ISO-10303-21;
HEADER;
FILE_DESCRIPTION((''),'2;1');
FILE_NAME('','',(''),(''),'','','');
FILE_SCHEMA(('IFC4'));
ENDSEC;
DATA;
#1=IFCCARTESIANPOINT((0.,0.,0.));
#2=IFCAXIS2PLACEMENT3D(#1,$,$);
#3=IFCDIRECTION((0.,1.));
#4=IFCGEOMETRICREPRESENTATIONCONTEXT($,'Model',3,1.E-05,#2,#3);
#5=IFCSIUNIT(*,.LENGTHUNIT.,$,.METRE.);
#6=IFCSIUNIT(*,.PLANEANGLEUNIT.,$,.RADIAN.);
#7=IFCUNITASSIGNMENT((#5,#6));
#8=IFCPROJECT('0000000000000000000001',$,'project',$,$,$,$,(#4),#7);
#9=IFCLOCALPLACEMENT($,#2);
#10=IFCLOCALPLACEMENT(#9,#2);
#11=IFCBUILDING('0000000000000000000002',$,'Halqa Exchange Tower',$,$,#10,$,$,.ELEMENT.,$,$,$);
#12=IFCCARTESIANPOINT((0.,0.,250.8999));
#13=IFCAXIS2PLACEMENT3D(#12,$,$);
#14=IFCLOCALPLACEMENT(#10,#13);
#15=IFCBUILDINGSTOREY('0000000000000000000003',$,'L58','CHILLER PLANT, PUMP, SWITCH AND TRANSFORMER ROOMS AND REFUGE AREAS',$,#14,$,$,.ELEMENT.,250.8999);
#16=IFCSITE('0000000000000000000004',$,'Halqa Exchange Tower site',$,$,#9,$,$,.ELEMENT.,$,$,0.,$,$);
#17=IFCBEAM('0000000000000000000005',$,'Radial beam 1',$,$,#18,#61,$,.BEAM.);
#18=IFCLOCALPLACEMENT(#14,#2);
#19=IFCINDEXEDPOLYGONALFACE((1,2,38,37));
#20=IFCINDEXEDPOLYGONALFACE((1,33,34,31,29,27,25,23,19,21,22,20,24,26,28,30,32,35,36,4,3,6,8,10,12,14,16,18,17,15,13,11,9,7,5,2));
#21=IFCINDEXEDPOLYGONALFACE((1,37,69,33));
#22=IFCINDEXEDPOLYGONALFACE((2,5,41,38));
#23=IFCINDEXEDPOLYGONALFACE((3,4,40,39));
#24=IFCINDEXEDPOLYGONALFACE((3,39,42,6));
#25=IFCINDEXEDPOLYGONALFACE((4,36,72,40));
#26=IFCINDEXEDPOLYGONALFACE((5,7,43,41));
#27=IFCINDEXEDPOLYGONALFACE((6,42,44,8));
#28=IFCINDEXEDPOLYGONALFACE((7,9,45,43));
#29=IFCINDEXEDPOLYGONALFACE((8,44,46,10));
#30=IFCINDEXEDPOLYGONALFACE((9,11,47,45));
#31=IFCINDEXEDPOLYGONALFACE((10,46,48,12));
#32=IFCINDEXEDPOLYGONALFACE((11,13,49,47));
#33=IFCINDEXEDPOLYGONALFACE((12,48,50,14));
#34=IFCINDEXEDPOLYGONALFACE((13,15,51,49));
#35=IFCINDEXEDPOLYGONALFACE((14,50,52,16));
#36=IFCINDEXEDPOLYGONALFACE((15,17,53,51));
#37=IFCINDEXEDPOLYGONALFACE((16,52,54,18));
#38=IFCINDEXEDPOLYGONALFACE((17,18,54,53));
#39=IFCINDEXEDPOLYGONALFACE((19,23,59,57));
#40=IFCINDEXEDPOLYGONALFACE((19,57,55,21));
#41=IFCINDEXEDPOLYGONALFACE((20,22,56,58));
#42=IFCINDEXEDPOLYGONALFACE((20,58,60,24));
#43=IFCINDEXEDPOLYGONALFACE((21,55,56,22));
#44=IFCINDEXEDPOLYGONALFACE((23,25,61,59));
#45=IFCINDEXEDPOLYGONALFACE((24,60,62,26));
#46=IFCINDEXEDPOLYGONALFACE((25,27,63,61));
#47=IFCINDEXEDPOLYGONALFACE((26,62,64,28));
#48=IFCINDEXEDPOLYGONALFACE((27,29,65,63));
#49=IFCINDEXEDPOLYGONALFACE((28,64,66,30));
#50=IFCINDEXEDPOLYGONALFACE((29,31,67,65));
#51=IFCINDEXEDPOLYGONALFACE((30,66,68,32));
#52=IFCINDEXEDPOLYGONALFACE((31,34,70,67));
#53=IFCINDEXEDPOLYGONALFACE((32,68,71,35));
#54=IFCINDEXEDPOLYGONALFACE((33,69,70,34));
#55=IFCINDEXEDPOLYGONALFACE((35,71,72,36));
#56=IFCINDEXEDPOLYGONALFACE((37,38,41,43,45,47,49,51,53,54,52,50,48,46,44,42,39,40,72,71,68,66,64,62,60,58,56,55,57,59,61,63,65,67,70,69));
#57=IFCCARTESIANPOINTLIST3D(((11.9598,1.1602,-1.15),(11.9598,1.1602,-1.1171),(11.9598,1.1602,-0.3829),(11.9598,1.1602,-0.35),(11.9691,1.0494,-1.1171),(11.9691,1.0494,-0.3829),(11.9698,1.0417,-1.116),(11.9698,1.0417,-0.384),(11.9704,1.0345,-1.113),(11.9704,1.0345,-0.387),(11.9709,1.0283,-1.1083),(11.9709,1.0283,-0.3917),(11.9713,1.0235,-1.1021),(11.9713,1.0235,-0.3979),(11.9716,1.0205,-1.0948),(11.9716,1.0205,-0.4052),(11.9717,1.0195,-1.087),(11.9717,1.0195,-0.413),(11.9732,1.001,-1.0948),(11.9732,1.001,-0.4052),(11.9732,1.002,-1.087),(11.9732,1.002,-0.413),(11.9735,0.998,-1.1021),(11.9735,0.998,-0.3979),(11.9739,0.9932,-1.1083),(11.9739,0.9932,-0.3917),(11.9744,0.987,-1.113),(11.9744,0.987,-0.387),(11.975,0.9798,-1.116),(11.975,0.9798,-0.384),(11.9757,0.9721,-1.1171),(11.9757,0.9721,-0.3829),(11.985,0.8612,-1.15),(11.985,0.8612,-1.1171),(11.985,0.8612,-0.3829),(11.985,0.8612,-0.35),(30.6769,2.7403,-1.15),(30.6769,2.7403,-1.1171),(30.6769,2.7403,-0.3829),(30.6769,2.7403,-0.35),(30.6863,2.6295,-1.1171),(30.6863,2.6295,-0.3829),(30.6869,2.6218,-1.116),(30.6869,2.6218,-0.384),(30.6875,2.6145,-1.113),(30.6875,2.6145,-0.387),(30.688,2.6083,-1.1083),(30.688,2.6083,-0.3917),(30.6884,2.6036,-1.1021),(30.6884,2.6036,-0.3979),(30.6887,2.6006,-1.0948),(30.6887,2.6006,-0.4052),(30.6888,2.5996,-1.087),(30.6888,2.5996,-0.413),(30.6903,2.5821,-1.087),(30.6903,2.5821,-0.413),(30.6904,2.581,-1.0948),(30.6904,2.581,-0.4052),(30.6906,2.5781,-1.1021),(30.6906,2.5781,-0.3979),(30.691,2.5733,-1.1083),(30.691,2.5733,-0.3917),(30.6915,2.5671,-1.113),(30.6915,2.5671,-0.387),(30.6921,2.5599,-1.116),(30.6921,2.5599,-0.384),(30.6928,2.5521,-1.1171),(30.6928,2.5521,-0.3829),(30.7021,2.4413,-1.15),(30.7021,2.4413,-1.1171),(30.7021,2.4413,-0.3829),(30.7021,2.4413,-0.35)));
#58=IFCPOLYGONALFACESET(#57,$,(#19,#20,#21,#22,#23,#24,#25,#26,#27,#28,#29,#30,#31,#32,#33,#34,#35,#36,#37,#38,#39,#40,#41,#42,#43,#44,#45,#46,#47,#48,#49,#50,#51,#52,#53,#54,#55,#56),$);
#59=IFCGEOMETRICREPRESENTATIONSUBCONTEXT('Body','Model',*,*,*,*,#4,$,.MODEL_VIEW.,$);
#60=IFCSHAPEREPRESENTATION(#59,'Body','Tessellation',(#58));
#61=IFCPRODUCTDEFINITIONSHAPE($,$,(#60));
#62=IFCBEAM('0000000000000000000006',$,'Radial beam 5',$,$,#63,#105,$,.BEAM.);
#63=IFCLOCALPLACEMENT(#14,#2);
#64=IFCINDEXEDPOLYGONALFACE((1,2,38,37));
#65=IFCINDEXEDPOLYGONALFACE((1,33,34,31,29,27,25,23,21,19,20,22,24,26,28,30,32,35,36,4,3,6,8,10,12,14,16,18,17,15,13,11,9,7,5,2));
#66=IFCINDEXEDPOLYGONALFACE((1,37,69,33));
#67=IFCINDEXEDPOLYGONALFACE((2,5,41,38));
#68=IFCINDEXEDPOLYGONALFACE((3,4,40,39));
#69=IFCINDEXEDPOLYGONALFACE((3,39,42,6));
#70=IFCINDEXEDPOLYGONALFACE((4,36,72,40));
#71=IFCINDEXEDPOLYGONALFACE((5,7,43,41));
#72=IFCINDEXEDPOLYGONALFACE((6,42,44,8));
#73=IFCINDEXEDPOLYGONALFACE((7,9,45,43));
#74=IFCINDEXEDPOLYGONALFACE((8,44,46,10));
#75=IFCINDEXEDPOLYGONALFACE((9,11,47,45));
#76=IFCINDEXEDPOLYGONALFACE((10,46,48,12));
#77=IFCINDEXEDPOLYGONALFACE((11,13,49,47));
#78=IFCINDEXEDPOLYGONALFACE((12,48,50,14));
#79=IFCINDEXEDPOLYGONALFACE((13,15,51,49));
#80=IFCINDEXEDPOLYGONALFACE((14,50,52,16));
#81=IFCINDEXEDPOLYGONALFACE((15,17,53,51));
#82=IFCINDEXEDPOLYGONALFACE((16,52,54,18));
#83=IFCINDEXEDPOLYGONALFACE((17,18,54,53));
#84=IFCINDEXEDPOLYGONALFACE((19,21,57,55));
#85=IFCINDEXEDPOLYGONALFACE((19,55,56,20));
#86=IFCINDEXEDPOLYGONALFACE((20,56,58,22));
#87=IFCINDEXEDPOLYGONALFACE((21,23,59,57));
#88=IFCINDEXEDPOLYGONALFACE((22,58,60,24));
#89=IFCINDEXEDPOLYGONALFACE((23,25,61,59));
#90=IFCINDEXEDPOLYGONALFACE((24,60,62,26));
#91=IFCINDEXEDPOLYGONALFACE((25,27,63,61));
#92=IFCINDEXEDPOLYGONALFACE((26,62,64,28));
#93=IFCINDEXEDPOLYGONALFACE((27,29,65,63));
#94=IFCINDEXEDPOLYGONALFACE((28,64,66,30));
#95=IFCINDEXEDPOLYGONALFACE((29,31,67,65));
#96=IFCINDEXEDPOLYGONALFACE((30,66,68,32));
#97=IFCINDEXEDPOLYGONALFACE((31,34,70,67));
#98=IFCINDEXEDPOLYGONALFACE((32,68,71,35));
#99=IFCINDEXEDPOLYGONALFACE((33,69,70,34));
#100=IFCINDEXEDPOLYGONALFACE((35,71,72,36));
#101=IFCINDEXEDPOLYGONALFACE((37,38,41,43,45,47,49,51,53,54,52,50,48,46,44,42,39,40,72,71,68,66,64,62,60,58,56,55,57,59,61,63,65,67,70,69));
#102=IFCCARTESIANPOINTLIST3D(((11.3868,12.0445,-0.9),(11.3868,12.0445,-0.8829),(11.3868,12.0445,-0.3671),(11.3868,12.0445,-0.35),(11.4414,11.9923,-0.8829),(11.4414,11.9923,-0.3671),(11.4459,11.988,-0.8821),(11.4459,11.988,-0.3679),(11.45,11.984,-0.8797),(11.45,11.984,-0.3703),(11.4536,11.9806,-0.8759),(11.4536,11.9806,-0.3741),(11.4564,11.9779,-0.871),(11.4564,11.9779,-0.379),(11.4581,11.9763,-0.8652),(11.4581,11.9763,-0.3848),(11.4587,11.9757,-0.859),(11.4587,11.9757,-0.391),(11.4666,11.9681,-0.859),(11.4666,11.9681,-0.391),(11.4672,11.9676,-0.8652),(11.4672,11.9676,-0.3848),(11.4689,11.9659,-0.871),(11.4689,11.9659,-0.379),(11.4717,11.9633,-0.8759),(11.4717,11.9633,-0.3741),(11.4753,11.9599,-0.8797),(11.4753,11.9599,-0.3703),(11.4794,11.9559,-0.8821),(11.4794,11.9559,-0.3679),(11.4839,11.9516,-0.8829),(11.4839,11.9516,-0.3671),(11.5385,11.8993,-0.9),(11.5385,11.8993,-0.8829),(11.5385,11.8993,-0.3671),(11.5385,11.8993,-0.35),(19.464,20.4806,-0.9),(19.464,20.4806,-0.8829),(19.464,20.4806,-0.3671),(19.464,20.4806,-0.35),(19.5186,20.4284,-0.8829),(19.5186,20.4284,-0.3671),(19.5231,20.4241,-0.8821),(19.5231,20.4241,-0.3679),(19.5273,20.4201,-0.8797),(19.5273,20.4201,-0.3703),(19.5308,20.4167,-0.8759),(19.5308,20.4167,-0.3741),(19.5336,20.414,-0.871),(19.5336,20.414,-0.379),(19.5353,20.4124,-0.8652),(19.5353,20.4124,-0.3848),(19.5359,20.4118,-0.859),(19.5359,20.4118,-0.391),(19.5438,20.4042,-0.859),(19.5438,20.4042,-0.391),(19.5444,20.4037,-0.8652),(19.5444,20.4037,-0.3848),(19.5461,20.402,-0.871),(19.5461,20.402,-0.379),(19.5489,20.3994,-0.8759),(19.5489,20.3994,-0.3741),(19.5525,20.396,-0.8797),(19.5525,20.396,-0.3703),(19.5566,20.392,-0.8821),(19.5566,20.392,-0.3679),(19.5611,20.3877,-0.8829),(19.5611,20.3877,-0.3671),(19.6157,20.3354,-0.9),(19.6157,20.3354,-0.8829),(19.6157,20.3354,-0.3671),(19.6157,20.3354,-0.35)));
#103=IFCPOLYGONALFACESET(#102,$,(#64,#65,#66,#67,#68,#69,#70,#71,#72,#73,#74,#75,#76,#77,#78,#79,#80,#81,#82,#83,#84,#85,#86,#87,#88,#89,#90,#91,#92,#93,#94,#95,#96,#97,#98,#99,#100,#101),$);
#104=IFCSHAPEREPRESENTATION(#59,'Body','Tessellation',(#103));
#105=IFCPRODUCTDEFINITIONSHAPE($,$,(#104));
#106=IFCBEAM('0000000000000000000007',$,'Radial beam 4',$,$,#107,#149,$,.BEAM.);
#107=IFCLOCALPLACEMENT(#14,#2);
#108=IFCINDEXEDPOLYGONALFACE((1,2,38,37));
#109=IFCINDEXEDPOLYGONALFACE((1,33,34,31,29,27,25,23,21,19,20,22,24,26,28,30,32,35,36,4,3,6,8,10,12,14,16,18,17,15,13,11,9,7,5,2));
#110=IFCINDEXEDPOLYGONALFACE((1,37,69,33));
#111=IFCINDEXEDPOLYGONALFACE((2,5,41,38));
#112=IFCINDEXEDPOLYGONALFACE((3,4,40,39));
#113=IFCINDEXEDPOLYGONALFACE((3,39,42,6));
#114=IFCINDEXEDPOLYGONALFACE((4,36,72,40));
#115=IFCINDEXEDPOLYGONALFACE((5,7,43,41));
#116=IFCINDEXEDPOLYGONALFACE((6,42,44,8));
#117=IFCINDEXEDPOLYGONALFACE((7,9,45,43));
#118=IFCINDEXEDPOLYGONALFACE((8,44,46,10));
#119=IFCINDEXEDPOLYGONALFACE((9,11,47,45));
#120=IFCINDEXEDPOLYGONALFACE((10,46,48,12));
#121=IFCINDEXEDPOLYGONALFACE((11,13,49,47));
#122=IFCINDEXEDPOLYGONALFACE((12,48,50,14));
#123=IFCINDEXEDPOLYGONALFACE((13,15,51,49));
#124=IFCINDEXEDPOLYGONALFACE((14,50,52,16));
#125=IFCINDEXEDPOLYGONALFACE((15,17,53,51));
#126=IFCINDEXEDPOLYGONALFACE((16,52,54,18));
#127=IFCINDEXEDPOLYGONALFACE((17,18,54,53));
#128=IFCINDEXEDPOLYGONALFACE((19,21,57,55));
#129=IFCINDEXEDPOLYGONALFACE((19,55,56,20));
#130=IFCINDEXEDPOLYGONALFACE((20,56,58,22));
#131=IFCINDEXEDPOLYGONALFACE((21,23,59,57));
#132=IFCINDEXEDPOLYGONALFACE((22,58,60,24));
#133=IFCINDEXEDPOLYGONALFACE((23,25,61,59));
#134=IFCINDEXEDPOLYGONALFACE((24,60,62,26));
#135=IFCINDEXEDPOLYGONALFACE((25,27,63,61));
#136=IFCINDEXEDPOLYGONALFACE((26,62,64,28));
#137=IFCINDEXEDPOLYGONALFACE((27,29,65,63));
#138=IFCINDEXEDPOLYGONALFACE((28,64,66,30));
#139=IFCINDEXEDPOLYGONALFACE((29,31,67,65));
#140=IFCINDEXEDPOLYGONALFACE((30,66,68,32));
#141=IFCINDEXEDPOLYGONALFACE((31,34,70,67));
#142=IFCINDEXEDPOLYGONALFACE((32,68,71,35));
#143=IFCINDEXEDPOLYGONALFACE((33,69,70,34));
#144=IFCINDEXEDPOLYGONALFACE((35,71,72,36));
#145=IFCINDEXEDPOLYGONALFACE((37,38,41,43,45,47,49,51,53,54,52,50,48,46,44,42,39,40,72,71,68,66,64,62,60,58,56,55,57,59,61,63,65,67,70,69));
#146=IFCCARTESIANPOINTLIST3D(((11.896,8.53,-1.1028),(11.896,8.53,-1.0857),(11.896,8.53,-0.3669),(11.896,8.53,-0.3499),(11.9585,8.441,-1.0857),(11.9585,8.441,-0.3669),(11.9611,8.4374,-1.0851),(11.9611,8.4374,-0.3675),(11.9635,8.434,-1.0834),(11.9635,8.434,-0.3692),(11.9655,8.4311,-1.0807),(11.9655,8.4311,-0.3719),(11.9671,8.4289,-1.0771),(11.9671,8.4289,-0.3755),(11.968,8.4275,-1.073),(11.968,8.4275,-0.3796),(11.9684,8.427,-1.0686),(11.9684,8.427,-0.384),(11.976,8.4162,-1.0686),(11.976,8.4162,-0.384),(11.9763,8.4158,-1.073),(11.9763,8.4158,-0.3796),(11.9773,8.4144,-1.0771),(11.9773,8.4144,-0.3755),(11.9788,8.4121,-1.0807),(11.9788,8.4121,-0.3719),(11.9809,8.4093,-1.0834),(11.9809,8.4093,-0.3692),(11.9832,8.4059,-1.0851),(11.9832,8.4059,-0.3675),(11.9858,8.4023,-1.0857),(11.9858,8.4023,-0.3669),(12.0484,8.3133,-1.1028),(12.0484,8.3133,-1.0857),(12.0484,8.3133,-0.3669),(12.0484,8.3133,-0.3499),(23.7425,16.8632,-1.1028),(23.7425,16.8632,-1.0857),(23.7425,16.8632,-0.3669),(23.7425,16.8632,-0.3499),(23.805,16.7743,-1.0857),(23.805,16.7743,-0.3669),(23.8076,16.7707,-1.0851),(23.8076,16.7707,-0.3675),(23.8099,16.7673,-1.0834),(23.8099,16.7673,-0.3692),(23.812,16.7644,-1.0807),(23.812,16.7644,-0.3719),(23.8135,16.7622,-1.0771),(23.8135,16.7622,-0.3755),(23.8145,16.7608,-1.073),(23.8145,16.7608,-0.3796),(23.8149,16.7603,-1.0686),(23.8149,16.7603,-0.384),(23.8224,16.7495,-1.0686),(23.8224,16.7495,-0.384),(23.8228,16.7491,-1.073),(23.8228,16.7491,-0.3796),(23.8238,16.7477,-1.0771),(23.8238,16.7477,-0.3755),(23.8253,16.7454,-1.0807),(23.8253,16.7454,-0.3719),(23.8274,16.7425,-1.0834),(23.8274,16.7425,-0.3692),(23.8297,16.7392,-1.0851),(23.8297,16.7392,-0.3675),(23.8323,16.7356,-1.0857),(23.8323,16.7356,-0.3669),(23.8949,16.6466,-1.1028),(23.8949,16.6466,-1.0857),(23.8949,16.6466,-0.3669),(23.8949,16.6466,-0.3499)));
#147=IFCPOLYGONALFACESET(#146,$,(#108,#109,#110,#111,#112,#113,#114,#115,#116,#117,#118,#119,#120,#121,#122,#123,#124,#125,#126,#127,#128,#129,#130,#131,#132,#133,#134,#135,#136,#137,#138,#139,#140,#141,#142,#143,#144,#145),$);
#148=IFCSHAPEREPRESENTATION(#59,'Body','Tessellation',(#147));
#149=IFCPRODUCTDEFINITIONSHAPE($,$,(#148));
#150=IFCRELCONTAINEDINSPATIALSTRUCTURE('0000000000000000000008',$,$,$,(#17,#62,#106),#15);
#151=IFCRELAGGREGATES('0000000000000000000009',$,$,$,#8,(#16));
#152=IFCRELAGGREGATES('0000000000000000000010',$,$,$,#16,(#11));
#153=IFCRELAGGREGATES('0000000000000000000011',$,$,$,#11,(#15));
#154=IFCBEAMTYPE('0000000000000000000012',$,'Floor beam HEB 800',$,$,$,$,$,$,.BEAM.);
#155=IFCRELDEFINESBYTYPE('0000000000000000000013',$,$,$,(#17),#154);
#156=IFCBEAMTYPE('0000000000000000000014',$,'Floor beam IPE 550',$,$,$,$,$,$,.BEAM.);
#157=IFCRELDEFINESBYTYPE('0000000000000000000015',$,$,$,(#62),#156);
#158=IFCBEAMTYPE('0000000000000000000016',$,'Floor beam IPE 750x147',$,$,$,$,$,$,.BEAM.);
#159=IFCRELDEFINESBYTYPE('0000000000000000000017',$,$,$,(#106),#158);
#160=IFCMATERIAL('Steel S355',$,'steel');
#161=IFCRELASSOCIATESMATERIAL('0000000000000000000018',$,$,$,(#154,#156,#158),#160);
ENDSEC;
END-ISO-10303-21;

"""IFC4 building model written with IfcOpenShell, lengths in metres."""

from ifc_helpers import new_model, si_unit, direction, frame, origin, origin_2d, place, context, subcontext, project, spatial, i_section, extrude, material, material_profile, profile_set, type_object, element, save


model = new_model("IFC4")

# Units and contexts
model_context = context("Model", 3, precision=1e-05, world=origin(), true_north=direction((0.0, 1.0)))
body_context = subcontext(model_context, "Body", "Model", "MODEL_VIEW")
ifc_project = project(units=[si_unit("LENGTHUNIT", "METRE"), si_unit("PLANEANGLEUNIT", "RADIAN")], contexts=[model_context])

# Site, building, storey
site_placement = place(None, origin())
site = spatial("IfcSite", under=ifc_project, at=site_placement, Name="Halqa Exchange Tower site", CompositionType="ELEMENT", RefElevation=0.0)
building_placement = place(site_placement, origin())
building = spatial("IfcBuilding", under=site, at=building_placement, Name="Halqa Exchange Tower", CompositionType="ELEMENT")
storey_placement = place(building_placement, frame((0.0, 0.0, 250.8999)))
storey = spatial("IfcBuildingStorey", under=building, at=storey_placement, Name="L58", Description="CHILLER PLANT, PUMP, SWITCH AND TRANSFORMER ROOMS AND REFUGE AREAS", CompositionType="ELEMENT", Elevation=250.8999)

# Beams
ifc_material_1 = material(Name="Steel S355", Category="steel")
ifc_material_profile_1 = material_profile(ifc_material_1, i_section(OverallWidth=0.3, OverallDepth=0.8, WebThickness=0.0176, FlangeThickness=0.033, FilletRadius=0.03, at=origin_2d()), Name="HEB 800")
ifc_profile_set_1 = profile_set([ifc_material_profile_1], Name="Steel S355")
beam_type_1 = type_object("IfcBeamType", Name="Floor beam HEB 800", PredefinedType="BEAM", material=ifc_profile_set_1)
beam_1_placement = place(storey_placement, frame((11.9724, 1.0107, -0.75), z_axis=(0.996456, 0.08412, 0.0), x_axis=(-0.08412, 0.996456, 0.0)))
element("IfcBeam", 1, at=beam_1_placement, inside=storey, type_object=beam_type_1, Name="Radial beam 1", PredefinedType="BEAM", context=body_context, shape_type="SweptSolid", body=[
    extrude(i_section(OverallWidth=0.3, OverallDepth=0.8, WebThickness=0.0176, FlangeThickness=0.033, FilletRadius=0.03, at=origin_2d()), origin(), (0.0, 0.0, 1.0), 18.7837),
])
ifc_material_profile_2 = material_profile(ifc_material_1, i_section(OverallWidth=0.21, OverallDepth=0.55, WebThickness=0.011, FlangeThickness=0.0171, FilletRadius=0.0239, at=origin_2d()), Name="IPE 550")
ifc_profile_set_2 = profile_set([ifc_material_profile_2], Name="Steel S355")
beam_type_2 = type_object("IfcBeamType", Name="Floor beam IPE 550", PredefinedType="BEAM", material=ifc_profile_set_2)
beam_2_placement = place(storey_placement, frame((11.4626, 11.9719, -0.625), z_axis=(0.691576, 0.722304, 0.0), x_axis=(-0.722304, 0.691576, 0.0)))
element("IfcBeam", 2, at=beam_2_placement, inside=storey, type_object=beam_type_2, Name="Radial beam 5", PredefinedType="BEAM", context=body_context, shape_type="SweptSolid", body=[
    extrude(i_section(OverallWidth=0.21, OverallDepth=0.55, WebThickness=0.011, FlangeThickness=0.0171, FilletRadius=0.0239, at=origin_2d()), origin(), (0.0, 0.0, 1.0), 11.6794),
])
ifc_material_profile_3 = material_profile(ifc_material_1, i_section(OverallWidth=0.2649, OverallDepth=0.7529, WebThickness=0.0132, FlangeThickness=0.0171, FilletRadius=0.0171, at=origin_2d()), Name="IPE 750x147")
ifc_profile_set_3 = profile_set([ifc_material_profile_3], Name="Steel S355")
beam_type_3 = type_object("IfcBeamType", Name="Floor beam IPE 750x147", PredefinedType="BEAM", material=ifc_profile_set_3)
beam_3_placement = place(storey_placement, frame((11.9722, 8.4216, -0.7263), z_axis=(0.817908, 0.575349, 0.0), x_axis=(-0.575349, 0.817908, 0.0)))
element("IfcBeam", 3, at=beam_3_placement, inside=storey, type_object=beam_type_3, Name="Radial beam 4", PredefinedType="BEAM", context=body_context, shape_type="SweptSolid", body=[
    extrude(i_section(OverallWidth=0.2649, OverallDepth=0.7529, WebThickness=0.0132, FlangeThickness=0.0171, FilletRadius=0.0171, at=origin_2d()), origin(), (0.0, 0.0, 1.0), 14.4839),
])

save(model, "model.ifc")
